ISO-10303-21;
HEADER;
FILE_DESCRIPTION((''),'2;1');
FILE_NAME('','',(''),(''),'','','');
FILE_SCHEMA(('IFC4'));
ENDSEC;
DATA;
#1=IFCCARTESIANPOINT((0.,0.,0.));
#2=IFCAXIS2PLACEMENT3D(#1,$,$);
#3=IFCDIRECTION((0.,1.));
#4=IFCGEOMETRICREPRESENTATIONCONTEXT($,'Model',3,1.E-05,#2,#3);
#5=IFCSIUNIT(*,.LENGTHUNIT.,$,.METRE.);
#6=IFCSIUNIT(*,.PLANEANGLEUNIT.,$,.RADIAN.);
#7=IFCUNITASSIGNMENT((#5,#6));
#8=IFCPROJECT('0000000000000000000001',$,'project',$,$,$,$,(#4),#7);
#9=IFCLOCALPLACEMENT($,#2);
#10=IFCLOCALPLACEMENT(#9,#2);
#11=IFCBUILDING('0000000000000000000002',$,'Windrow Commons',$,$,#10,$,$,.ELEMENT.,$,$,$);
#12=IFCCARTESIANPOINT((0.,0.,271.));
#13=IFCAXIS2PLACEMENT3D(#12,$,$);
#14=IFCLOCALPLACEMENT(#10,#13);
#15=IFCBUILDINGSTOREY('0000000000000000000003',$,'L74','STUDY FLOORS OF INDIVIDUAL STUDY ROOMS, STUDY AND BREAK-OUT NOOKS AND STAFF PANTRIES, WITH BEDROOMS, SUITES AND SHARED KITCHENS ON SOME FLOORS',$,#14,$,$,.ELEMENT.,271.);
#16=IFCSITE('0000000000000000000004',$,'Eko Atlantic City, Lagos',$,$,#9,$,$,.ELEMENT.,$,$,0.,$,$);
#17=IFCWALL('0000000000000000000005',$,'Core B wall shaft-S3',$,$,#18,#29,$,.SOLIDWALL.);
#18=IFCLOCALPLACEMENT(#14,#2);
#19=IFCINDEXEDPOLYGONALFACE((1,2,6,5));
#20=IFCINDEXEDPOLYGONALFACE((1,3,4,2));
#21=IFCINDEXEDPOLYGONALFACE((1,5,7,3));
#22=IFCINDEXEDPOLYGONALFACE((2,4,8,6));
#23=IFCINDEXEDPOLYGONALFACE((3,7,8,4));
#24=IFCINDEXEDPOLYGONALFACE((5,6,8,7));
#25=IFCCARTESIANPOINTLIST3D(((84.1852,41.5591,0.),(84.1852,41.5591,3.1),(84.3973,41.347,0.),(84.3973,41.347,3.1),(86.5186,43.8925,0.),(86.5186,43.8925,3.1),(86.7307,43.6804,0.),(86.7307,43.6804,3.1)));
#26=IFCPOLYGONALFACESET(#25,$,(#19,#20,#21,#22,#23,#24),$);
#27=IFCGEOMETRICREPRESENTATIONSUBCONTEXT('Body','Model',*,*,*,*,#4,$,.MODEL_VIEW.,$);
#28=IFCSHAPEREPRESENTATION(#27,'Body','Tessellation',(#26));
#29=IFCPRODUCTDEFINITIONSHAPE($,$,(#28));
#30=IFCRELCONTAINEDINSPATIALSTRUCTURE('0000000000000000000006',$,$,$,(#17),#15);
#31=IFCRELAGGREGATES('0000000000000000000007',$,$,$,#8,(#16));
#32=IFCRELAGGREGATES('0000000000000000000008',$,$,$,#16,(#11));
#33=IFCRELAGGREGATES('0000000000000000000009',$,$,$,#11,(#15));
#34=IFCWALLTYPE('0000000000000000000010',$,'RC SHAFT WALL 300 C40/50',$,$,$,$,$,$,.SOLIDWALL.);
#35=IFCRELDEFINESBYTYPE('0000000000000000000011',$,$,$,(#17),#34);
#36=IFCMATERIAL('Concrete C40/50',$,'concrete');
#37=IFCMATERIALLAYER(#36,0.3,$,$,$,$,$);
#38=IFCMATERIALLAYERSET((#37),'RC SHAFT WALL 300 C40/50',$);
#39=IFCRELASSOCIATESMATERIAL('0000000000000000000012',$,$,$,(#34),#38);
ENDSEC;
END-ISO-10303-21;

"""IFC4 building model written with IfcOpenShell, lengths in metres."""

from ifc_helpers import new_model, si_unit, direction, frame, frame_2d, origin, place, context, subcontext, project, spatial, rectangle, extrude, material, layer, layer_set, type_object, element, save


model = new_model("IFC4")

# Units and contexts
model_context = context("Model", 3, precision=1e-05, world=origin(), true_north=direction((0.0, 1.0)))
body_context = subcontext(model_context, "Body", "Model", "MODEL_VIEW")
ifc_project = project(units=[si_unit("LENGTHUNIT", "METRE"), si_unit("PLANEANGLEUNIT", "RADIAN")], contexts=[model_context])

# Site, building, storey
site_placement = place(None, origin())
site = spatial("IfcSite", under=ifc_project, at=site_placement, Name="Eko Atlantic City, Lagos", CompositionType="ELEMENT", RefElevation=0.0)
building_placement = place(site_placement, origin())
building = spatial("IfcBuilding", under=site, at=building_placement, Name="Windrow Commons", CompositionType="ELEMENT")
storey_placement = place(building_placement, frame((0.0, 0.0, 271.0)))
storey = spatial("IfcBuildingStorey", under=building, at=storey_placement, Name="L74", Description="STUDY FLOORS OF INDIVIDUAL STUDY ROOMS, STUDY AND BREAK-OUT NOOKS AND STAFF PANTRIES, WITH BEDROOMS, SUITES AND SHARED KITCHENS ON SOME FLOORS", CompositionType="ELEMENT", Elevation=271.0)

# Wall
ifc_material_1 = material(Name="Concrete C40/50", Category="concrete")
ifc_layer_1 = layer(ifc_material_1, 0.3)
ifc_layer_set_1 = layer_set([ifc_layer_1], Name="RC SHAFT WALL 300 C40/50")
wall_type_1 = type_object("IfcWallType", Name="RC SHAFT WALL 300 C40/50", PredefinedType="SOLIDWALL", material=ifc_layer_set_1)
wall_1_placement = place(storey_placement, frame((84.2912, 41.453, 0.0), z_axis=(0.0, 0.0, 1.0), x_axis=(0.707107, 0.707107, 0.0)))
element("IfcWall", 1, at=wall_1_placement, inside=storey, type_object=wall_type_1, Name="Core B wall shaft-S3", PredefinedType="SOLIDWALL", context=body_context, shape_type="SweptSolid", body=[
    extrude(rectangle(XDim=3.2999, YDim=0.3, at=frame_2d((1.65, 0.0))), origin(), (0.0, 0.0, 1.0), 3.1),
])

save(model, "model.ifc")
